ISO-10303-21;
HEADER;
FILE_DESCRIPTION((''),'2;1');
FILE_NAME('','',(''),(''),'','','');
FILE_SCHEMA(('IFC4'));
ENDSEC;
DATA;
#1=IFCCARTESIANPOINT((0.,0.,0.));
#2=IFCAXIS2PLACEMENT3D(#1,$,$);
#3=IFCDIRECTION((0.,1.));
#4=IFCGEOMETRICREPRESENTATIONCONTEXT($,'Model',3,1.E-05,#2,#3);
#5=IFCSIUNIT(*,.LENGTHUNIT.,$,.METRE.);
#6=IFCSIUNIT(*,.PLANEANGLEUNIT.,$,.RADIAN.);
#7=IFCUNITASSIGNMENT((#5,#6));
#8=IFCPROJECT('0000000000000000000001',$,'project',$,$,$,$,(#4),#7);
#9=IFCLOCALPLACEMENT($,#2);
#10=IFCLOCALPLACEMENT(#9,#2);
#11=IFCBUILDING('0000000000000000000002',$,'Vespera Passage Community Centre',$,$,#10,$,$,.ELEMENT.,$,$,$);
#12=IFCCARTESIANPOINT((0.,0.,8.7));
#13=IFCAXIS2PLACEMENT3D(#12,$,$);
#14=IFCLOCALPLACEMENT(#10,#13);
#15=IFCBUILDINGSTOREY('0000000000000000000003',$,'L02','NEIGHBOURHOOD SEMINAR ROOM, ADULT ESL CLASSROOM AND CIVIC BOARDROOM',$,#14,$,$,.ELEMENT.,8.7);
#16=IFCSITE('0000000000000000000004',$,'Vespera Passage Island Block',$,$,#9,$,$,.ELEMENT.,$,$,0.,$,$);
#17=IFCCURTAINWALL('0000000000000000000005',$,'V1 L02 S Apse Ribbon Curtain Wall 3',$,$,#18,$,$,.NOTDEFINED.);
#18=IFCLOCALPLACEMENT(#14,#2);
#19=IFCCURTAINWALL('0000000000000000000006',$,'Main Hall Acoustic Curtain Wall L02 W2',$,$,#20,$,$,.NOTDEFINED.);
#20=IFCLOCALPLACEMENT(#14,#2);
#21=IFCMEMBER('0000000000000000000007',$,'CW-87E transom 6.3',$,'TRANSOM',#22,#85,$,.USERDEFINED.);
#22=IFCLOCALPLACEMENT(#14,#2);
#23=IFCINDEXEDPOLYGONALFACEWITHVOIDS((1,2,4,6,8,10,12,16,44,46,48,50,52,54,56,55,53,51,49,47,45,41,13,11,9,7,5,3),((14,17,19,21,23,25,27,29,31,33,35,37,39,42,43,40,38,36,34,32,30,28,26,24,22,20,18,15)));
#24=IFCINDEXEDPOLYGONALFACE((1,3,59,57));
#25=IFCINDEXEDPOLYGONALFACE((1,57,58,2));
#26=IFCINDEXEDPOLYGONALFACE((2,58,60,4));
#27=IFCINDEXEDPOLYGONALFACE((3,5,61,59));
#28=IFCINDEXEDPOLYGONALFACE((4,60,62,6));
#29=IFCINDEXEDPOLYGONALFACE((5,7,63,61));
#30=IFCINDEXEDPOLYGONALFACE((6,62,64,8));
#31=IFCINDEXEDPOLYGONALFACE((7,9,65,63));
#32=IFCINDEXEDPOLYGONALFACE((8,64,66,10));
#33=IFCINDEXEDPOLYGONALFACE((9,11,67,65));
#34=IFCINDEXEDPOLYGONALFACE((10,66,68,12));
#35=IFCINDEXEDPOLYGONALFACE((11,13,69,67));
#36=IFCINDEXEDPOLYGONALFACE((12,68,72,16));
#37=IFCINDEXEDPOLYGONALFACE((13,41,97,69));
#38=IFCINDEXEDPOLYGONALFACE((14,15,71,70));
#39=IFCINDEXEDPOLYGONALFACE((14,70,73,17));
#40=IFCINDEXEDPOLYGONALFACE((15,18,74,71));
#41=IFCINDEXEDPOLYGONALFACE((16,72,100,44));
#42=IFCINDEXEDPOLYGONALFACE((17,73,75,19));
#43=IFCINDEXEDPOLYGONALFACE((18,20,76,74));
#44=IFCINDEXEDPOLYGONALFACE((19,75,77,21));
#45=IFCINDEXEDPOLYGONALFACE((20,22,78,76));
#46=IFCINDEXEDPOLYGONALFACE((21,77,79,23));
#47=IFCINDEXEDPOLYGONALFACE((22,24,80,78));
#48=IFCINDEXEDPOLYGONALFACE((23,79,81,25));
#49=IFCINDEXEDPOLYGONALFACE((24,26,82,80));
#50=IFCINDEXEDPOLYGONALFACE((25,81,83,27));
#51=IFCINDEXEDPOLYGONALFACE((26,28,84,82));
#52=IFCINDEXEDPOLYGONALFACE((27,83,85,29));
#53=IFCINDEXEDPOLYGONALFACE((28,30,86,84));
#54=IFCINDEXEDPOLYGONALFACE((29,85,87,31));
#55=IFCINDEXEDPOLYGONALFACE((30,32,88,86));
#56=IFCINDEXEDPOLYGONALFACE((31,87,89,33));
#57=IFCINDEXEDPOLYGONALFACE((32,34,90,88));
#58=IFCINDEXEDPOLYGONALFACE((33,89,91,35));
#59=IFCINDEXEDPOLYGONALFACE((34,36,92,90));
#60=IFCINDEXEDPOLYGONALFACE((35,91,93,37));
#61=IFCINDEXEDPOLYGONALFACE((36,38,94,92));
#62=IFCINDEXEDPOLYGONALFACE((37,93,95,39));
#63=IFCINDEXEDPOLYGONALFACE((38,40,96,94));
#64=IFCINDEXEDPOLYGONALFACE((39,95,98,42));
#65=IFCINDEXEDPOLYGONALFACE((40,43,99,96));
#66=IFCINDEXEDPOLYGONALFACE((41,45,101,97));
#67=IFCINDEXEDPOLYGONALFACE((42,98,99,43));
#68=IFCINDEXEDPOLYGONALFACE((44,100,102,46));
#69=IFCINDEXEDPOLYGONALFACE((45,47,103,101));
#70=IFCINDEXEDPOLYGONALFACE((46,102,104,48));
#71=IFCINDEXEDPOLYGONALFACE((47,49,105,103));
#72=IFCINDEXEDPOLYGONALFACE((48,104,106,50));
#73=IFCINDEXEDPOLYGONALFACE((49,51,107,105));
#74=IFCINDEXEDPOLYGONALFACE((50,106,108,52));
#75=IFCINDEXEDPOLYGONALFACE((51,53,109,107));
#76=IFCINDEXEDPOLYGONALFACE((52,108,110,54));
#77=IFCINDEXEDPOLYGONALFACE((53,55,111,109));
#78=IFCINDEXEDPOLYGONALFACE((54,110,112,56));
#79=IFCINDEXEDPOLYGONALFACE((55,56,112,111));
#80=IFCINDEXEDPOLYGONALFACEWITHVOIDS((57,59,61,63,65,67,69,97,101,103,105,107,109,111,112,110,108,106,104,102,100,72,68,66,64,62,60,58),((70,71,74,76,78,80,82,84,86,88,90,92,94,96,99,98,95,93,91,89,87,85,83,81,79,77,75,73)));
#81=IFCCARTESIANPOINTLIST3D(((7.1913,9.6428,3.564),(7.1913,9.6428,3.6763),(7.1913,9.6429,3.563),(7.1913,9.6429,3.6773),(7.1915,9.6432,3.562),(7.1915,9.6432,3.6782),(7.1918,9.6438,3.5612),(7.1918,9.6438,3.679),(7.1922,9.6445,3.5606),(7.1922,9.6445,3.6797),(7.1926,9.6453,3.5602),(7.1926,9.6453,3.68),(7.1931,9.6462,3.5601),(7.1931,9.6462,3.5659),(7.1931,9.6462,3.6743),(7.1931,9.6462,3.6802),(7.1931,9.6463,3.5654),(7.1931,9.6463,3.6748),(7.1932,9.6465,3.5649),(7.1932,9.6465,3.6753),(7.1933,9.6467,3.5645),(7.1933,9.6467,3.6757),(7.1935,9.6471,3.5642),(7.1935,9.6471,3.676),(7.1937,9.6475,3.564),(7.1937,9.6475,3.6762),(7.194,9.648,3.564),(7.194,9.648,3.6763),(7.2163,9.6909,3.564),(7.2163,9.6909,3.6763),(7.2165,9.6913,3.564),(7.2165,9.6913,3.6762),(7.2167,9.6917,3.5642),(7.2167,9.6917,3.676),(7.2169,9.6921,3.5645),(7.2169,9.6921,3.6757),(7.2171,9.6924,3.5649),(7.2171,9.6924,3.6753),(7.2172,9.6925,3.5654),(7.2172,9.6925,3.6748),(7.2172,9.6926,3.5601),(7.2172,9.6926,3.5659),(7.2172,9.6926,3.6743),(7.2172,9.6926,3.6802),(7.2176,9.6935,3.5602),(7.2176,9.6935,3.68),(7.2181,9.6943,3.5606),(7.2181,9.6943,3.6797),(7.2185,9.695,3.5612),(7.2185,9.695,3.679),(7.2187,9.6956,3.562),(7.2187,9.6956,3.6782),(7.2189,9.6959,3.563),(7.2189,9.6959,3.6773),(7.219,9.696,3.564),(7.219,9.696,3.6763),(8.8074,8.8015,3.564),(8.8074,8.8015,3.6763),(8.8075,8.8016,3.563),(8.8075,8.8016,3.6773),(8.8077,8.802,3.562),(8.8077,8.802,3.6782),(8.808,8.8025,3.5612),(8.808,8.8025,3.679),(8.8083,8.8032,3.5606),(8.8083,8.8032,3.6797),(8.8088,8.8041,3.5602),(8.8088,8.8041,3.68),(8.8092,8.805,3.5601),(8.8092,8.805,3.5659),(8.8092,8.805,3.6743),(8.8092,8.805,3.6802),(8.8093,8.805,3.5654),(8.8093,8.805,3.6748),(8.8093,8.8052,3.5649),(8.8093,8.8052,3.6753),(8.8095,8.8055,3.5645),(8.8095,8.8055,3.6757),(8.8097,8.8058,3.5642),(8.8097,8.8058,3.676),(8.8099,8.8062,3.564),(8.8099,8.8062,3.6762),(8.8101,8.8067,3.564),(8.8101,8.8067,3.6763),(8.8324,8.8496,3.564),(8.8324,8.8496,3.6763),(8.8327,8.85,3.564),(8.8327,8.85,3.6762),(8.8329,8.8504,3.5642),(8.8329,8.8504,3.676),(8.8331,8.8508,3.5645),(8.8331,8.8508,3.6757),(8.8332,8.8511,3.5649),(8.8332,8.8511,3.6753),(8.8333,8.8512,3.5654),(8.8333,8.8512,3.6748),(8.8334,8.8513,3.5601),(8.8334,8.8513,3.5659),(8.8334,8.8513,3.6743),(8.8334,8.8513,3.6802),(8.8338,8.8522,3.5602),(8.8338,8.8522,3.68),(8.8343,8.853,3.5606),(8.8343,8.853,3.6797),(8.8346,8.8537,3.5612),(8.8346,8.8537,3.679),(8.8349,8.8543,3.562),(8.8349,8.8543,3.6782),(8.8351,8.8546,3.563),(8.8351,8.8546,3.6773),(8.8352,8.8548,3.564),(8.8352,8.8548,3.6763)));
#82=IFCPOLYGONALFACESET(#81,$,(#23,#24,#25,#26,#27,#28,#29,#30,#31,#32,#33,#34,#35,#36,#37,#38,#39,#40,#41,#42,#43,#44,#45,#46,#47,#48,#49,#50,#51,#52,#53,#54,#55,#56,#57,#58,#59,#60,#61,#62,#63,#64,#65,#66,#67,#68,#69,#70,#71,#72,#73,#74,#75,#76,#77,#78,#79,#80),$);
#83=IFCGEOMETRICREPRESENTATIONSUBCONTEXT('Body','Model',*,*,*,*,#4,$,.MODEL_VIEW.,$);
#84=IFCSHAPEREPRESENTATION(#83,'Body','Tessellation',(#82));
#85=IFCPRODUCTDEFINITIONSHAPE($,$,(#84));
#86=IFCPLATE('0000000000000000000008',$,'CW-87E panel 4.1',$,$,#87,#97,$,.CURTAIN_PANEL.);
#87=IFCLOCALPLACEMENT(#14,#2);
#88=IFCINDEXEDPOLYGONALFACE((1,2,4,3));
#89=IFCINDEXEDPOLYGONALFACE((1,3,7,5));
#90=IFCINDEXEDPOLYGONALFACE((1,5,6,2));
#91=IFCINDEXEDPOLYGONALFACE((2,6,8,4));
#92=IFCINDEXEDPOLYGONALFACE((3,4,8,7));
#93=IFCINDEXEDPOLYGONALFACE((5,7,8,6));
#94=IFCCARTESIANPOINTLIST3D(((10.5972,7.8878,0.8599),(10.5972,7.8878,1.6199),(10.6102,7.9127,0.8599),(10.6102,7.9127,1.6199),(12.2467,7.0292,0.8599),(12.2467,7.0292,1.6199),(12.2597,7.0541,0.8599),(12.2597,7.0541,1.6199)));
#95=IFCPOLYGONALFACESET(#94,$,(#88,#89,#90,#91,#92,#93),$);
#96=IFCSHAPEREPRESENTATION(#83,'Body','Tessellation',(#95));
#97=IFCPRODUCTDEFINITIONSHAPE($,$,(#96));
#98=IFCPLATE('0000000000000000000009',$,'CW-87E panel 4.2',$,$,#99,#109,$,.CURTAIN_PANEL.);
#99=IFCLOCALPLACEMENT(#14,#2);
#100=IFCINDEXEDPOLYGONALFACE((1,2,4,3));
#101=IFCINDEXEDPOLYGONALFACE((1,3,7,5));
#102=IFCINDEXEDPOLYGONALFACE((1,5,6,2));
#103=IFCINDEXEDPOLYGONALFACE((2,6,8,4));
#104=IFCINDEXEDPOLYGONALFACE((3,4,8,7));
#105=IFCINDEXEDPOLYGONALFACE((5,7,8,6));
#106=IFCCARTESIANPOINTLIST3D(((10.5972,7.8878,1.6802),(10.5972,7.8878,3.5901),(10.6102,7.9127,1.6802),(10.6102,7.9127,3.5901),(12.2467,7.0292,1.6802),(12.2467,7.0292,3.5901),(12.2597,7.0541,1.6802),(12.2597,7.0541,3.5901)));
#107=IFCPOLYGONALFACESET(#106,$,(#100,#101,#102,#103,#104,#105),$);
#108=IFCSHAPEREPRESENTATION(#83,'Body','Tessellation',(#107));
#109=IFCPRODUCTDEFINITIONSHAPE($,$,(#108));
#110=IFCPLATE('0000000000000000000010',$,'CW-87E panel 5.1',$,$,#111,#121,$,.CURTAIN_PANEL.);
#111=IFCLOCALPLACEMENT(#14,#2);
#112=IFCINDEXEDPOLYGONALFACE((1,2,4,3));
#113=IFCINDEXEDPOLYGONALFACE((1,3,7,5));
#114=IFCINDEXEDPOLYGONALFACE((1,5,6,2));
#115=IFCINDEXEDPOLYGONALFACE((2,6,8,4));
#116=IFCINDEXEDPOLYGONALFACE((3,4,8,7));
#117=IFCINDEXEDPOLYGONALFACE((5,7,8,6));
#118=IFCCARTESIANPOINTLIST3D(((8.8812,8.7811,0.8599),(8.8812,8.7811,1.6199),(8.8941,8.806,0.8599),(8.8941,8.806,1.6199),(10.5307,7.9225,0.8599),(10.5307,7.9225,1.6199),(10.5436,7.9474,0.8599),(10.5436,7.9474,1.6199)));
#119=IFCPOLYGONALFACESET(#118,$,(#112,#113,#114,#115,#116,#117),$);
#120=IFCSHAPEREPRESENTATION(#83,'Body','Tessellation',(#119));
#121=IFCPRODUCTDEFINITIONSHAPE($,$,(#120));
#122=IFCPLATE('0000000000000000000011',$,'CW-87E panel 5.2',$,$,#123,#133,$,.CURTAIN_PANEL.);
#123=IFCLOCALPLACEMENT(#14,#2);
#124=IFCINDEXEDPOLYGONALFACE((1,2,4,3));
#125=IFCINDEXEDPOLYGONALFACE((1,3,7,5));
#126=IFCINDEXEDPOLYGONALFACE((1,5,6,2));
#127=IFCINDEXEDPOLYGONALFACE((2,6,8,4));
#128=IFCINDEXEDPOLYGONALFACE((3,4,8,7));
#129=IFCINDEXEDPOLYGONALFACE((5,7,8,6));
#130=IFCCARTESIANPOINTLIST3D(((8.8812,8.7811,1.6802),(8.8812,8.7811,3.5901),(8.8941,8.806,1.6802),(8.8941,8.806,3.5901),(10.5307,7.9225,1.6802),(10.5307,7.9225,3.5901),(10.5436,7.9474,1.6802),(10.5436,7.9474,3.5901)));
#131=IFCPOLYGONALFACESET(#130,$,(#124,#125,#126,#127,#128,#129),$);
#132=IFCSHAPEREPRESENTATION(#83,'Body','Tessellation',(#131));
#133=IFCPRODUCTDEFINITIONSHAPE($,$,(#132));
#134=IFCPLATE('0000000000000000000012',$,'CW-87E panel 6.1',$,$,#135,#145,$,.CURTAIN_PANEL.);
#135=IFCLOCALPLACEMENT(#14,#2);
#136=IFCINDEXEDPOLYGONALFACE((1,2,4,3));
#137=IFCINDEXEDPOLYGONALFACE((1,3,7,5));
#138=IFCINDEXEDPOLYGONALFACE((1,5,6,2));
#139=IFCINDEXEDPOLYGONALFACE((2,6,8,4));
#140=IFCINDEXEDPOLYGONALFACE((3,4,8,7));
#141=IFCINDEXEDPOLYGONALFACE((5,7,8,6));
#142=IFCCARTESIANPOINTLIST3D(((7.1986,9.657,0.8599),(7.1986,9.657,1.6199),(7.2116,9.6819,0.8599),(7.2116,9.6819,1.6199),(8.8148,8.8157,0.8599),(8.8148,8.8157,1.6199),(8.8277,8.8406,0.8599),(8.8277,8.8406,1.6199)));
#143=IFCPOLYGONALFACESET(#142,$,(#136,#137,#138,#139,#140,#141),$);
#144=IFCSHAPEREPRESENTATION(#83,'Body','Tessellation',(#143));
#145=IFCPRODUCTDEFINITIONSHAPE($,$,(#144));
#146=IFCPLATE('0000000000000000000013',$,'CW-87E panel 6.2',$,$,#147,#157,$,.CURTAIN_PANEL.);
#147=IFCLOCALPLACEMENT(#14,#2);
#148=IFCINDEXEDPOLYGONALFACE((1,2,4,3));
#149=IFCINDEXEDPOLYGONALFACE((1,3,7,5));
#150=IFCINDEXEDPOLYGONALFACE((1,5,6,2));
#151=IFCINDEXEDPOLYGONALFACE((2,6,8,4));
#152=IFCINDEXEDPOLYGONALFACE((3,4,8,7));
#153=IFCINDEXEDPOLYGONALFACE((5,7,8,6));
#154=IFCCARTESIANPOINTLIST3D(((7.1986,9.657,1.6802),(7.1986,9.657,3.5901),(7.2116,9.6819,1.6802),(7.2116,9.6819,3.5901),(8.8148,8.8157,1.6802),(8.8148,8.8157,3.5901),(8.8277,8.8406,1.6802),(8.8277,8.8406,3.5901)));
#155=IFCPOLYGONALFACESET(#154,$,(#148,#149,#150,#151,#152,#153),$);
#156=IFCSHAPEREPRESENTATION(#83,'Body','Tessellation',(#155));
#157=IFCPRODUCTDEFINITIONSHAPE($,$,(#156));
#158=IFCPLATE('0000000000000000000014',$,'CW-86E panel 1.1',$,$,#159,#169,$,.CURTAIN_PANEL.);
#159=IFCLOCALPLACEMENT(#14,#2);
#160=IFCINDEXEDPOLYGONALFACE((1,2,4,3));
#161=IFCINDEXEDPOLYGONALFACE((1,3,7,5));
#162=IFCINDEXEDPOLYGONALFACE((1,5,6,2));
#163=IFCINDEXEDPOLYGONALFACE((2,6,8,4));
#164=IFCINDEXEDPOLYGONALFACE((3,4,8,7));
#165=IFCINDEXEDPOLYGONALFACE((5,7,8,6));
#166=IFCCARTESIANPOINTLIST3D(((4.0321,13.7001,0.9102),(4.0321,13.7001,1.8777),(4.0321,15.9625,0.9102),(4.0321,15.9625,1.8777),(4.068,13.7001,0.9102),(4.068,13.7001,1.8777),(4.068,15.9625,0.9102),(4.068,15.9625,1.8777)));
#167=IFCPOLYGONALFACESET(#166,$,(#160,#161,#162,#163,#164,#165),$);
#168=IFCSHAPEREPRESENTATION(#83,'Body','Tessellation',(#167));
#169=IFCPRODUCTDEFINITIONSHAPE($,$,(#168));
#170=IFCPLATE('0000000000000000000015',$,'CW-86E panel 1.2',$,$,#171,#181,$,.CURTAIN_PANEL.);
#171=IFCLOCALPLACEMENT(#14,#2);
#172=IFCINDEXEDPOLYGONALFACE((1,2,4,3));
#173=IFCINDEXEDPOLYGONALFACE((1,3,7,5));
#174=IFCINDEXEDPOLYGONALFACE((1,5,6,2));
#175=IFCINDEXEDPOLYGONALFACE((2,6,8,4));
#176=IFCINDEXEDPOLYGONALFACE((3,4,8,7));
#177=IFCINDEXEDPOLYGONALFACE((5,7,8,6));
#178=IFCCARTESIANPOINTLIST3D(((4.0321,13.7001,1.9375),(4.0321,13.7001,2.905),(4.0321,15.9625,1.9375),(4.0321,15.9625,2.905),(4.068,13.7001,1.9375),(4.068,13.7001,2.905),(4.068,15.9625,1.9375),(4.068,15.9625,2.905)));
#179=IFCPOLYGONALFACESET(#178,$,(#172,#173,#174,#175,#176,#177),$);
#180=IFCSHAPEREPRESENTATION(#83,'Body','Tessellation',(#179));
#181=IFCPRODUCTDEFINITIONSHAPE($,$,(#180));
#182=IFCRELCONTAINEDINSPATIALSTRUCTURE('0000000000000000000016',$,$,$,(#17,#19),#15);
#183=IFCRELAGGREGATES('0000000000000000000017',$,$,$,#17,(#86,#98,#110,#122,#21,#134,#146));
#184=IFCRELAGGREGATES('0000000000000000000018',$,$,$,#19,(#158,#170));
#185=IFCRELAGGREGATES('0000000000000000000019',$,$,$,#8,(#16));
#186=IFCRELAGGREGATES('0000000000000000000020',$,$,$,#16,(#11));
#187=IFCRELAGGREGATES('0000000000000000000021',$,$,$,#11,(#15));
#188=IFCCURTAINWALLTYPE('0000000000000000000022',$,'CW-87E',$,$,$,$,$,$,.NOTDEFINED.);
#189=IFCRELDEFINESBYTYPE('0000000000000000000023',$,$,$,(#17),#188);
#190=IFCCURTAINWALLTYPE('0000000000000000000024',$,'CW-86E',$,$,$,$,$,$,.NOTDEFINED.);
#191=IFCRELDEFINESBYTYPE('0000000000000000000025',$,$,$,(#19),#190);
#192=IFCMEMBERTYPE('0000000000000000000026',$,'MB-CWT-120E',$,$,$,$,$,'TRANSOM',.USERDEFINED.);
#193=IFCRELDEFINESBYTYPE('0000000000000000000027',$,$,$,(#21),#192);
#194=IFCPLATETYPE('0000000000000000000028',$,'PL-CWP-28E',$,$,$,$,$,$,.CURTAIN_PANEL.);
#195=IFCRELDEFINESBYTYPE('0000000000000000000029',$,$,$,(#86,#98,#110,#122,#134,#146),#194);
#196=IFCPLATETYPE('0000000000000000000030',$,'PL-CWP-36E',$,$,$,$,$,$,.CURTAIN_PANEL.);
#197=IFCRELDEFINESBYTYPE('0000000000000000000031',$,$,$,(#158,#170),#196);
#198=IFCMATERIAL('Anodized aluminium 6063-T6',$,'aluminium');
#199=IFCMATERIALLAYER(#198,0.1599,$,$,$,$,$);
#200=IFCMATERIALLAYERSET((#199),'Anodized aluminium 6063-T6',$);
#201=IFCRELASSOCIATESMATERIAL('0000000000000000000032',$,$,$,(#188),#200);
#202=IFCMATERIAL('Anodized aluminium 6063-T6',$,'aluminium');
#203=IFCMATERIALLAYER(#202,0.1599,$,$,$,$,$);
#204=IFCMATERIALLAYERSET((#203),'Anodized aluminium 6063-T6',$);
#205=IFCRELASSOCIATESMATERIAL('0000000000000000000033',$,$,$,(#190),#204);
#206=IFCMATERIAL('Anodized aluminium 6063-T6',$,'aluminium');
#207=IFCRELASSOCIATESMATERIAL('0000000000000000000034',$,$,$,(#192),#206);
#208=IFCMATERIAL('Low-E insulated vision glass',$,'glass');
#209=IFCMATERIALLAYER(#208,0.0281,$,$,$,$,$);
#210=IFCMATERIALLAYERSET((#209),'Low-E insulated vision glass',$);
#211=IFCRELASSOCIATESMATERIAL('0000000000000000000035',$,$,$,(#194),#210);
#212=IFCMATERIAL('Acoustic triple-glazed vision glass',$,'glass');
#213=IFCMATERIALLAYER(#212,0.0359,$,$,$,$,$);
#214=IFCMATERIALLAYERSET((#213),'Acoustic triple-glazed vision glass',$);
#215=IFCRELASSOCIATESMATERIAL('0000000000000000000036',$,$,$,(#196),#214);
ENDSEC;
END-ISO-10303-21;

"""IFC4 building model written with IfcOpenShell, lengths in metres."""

from ifc_helpers import new_model, si_unit, direction, frame, origin, origin_2d, place, context, subcontext, project, spatial, rectangle, hollow_rectangle, extrude, material, layer, layer_set, material_profile, profile_set, type_object, element, aggregate, save


model = new_model("IFC4")

# Units and contexts
model_context = context("Model", 3, precision=1e-05, world=origin(), true_north=direction((0.0, 1.0)))
body_context = subcontext(model_context, "Body", "Model", "MODEL_VIEW")
ifc_project = project(units=[si_unit("LENGTHUNIT", "METRE"), si_unit("PLANEANGLEUNIT", "RADIAN")], contexts=[model_context])

# Site, building, storey
site_placement = place(None, origin())
site = spatial("IfcSite", under=ifc_project, at=site_placement, Name="Vespera Passage Island Block", CompositionType="ELEMENT", RefElevation=0.0)
building_placement = place(site_placement, origin())
building = spatial("IfcBuilding", under=site, at=building_placement, Name="Vespera Passage Community Centre", CompositionType="ELEMENT")
storey_placement = place(building_placement, frame((0.0, 0.0, 8.7)))
storey = spatial("IfcBuildingStorey", under=building, at=storey_placement, Name="L02", Description="NEIGHBOURHOOD SEMINAR ROOM, ADULT ESL CLASSROOM AND CIVIC BOARDROOM", CompositionType="ELEMENT", Elevation=8.7)

# Curtain walls
ifc_material_1 = material(Name="Anodized aluminium 6063-T6", Category="aluminium")
ifc_layer_1 = layer(ifc_material_1, 0.1599)
ifc_layer_set_1 = layer_set([ifc_layer_1], Name="Anodized aluminium 6063-T6")
curtain_wall_type_1 = type_object("IfcCurtainWallType", Name="CW-87E", PredefinedType="NOTDEFINED", material=ifc_layer_set_1)
curtain_wall_1_placement = place(storey_placement, origin())
curtain_wall_1 = element("IfcCurtainWall", 1, at=curtain_wall_1_placement, inside=storey, type_object=curtain_wall_type_1, Name="V1 L02 S Apse Ribbon Curtain Wall 3", PredefinedType="NOTDEFINED")
ifc_material_2 = material(Name="Anodized aluminium 6063-T6", Category="aluminium")
ifc_layer_2 = layer(ifc_material_2, 0.1599)
ifc_layer_set_2 = layer_set([ifc_layer_2], Name="Anodized aluminium 6063-T6")
curtain_wall_type_2 = type_object("IfcCurtainWallType", Name="CW-86E", PredefinedType="NOTDEFINED", material=ifc_layer_set_2)
curtain_wall_2_placement = place(storey_placement, origin())
curtain_wall_2 = element("IfcCurtainWall", 2, at=curtain_wall_2_placement, inside=storey, type_object=curtain_wall_type_2, Name="Main Hall Acoustic Curtain Wall L02 W2", PredefinedType="NOTDEFINED")
ifc_material_3 = material(Name="Anodized aluminium 6063-T6", Category="aluminium")
ifc_material_profile_1 = material_profile(ifc_material_3, hollow_rectangle(XDim=0.0601, YDim=0.1201, WallThickness=0.0039, InnerFilletRadius=0.002, OuterFilletRadius=0.0039, at=origin_2d()), Name="ALU120X60X4")
ifc_profile_set_1 = profile_set([ifc_material_profile_1], Name="Anodized aluminium 6063-T6")
member_type_1 = type_object("IfcMemberType", Name="MB-CWT-120E", ElementType="TRANSOM", PredefinedType="USERDEFINED", material=ifc_profile_set_1)

# Member
member_1_placement = place(storey_placement, frame((8.8213, 8.8281, 3.6201), z_axis=(-0.887019, 0.461732, 0.0), x_axis=(-0.461732, -0.887019, 0.0)))
member_1 = element("IfcMember", 3, at=member_1_placement, type_object=member_type_1, Name="CW-87E transom 6.3", ObjectType="TRANSOM", PredefinedType="USERDEFINED", context=body_context, shape_type="SweptSolid", body=[
    extrude(hollow_rectangle(XDim=0.0601, YDim=0.1201, WallThickness=0.0039, InnerFilletRadius=0.002, OuterFilletRadius=0.0039, at=origin_2d()), origin(), (0.0, 0.0, 1.0), 1.822),
])

# Plates
ifc_material_4 = material(Name="Low-E insulated vision glass", Category="glass")
ifc_layer_3 = layer(ifc_material_4, 0.0281)
ifc_layer_set_3 = layer_set([ifc_layer_3], Name="Low-E insulated vision glass")
plate_type_1 = type_object("IfcPlateType", Name="PL-CWP-28E", PredefinedType="CURTAIN_PANEL", material=ifc_layer_set_3)
plate_1_placement = place(storey_placement, frame((11.4285, 7.4709, 0.8599), z_axis=(0.0, 0.0, 1.0), x_axis=(-0.887013, 0.461745, 0.0)))
plate_1 = element("IfcPlate", 4, at=plate_1_placement, type_object=plate_type_1, Name="CW-87E panel 4.1", PredefinedType="CURTAIN_PANEL", context=body_context, shape_type="SweptSolid", body=[
    extrude(rectangle(XDim=1.8596, YDim=0.0281, at=origin_2d()), origin(), (0.0, 0.0, 1.0), 0.76),
])
plate_2_placement = place(storey_placement, frame((11.4285, 7.4709, 1.6802), z_axis=(0.0, 0.0, 1.0), x_axis=(-0.887013, 0.461745, 0.0)))
plate_2 = element("IfcPlate", 5, at=plate_2_placement, type_object=plate_type_1, Name="CW-87E panel 4.2", PredefinedType="CURTAIN_PANEL", context=body_context, shape_type="SweptSolid", body=[
    extrude(rectangle(XDim=1.8596, YDim=0.0281, at=origin_2d()), origin(), (0.0, 0.0, 1.0), 1.9099),
])
plate_3_placement = place(storey_placement, frame((9.7124, 8.3643, 0.8599), z_axis=(0.0, 0.0, 1.0), x_axis=(-0.887013, 0.461745, 0.0)))
plate_3 = element("IfcPlate", 6, at=plate_3_placement, type_object=plate_type_1, Name="CW-87E panel 5.1", PredefinedType="CURTAIN_PANEL", context=body_context, shape_type="SweptSolid", body=[
    extrude(rectangle(XDim=1.8596, YDim=0.0281, at=origin_2d()), origin(), (0.0, 0.0, 1.0), 0.76),
])
plate_4_placement = place(storey_placement, frame((9.7124, 8.3643, 1.6802), z_axis=(0.0, 0.0, 1.0), x_axis=(-0.887013, 0.461745, 0.0)))
plate_4 = element("IfcPlate", 7, at=plate_4_placement, type_object=plate_type_1, Name="CW-87E panel 5.2", PredefinedType="CURTAIN_PANEL", context=body_context, shape_type="SweptSolid", body=[
    extrude(rectangle(XDim=1.8596, YDim=0.0281, at=origin_2d()), origin(), (0.0, 0.0, 1.0), 1.9099),
])
plate_5_placement = place(storey_placement, frame((8.0132, 9.2488, 0.8599), z_axis=(0.0, 0.0, 1.0), x_axis=(-0.887013, 0.461745, 0.0)))
plate_5 = element("IfcPlate", 8, at=plate_5_placement, type_object=plate_type_1, Name="CW-87E panel 6.1", PredefinedType="CURTAIN_PANEL", context=body_context, shape_type="SweptSolid", body=[
    extrude(rectangle(XDim=1.822, YDim=0.0281, at=origin_2d()), origin(), (0.0, 0.0, 1.0), 0.76),
])
plate_6_placement = place(storey_placement, frame((8.0132, 9.2488, 1.6802), z_axis=(0.0, 0.0, 1.0), x_axis=(-0.887013, 0.461745, 0.0)))
plate_6 = element("IfcPlate", 9, at=plate_6_placement, type_object=plate_type_1, Name="CW-87E panel 6.2", PredefinedType="CURTAIN_PANEL", context=body_context, shape_type="SweptSolid", body=[
    extrude(rectangle(XDim=1.822, YDim=0.0281, at=origin_2d()), origin(), (0.0, 0.0, 1.0), 1.9099),
])
aggregate(curtain_wall_1, [plate_1, plate_2, plate_3, plate_4, member_1, plate_5, plate_6])
ifc_material_5 = material(Name="Acoustic triple-glazed vision glass", Category="glass")
ifc_layer_4 = layer(ifc_material_5, 0.0359)
ifc_layer_set_4 = layer_set([ifc_layer_4], Name="Acoustic triple-glazed vision glass")
plate_type_2 = type_object("IfcPlateType", Name="PL-CWP-36E", PredefinedType="CURTAIN_PANEL", material=ifc_layer_set_4)
plate_7_placement = place(storey_placement, frame((4.05, 14.8313, 0.9102), z_axis=(0.0, 0.0, 1.0), x_axis=(0.0, 1.0, 0.0)))
plate_7 = element("IfcPlate", 10, at=plate_7_placement, type_object=plate_type_2, Name="CW-86E panel 1.1", PredefinedType="CURTAIN_PANEL", context=body_context, shape_type="SweptSolid", body=[
    extrude(rectangle(XDim=2.2625, YDim=0.0359, at=origin_2d()), origin(), (0.0, 0.0, 1.0), 0.9675),
])
plate_8_placement = place(storey_placement, frame((4.05, 14.8313, 1.9375), z_axis=(0.0, 0.0, 1.0), x_axis=(0.0, 1.0, 0.0)))
plate_8 = element("IfcPlate", 11, at=plate_8_placement, type_object=plate_type_2, Name="CW-86E panel 1.2", PredefinedType="CURTAIN_PANEL", context=body_context, shape_type="SweptSolid", body=[
    extrude(rectangle(XDim=2.2625, YDim=0.0359, at=origin_2d()), origin(), (0.0, 0.0, 1.0), 0.9675),
])
aggregate(curtain_wall_2, [plate_7, plate_8])

save(model, "model.ifc")
